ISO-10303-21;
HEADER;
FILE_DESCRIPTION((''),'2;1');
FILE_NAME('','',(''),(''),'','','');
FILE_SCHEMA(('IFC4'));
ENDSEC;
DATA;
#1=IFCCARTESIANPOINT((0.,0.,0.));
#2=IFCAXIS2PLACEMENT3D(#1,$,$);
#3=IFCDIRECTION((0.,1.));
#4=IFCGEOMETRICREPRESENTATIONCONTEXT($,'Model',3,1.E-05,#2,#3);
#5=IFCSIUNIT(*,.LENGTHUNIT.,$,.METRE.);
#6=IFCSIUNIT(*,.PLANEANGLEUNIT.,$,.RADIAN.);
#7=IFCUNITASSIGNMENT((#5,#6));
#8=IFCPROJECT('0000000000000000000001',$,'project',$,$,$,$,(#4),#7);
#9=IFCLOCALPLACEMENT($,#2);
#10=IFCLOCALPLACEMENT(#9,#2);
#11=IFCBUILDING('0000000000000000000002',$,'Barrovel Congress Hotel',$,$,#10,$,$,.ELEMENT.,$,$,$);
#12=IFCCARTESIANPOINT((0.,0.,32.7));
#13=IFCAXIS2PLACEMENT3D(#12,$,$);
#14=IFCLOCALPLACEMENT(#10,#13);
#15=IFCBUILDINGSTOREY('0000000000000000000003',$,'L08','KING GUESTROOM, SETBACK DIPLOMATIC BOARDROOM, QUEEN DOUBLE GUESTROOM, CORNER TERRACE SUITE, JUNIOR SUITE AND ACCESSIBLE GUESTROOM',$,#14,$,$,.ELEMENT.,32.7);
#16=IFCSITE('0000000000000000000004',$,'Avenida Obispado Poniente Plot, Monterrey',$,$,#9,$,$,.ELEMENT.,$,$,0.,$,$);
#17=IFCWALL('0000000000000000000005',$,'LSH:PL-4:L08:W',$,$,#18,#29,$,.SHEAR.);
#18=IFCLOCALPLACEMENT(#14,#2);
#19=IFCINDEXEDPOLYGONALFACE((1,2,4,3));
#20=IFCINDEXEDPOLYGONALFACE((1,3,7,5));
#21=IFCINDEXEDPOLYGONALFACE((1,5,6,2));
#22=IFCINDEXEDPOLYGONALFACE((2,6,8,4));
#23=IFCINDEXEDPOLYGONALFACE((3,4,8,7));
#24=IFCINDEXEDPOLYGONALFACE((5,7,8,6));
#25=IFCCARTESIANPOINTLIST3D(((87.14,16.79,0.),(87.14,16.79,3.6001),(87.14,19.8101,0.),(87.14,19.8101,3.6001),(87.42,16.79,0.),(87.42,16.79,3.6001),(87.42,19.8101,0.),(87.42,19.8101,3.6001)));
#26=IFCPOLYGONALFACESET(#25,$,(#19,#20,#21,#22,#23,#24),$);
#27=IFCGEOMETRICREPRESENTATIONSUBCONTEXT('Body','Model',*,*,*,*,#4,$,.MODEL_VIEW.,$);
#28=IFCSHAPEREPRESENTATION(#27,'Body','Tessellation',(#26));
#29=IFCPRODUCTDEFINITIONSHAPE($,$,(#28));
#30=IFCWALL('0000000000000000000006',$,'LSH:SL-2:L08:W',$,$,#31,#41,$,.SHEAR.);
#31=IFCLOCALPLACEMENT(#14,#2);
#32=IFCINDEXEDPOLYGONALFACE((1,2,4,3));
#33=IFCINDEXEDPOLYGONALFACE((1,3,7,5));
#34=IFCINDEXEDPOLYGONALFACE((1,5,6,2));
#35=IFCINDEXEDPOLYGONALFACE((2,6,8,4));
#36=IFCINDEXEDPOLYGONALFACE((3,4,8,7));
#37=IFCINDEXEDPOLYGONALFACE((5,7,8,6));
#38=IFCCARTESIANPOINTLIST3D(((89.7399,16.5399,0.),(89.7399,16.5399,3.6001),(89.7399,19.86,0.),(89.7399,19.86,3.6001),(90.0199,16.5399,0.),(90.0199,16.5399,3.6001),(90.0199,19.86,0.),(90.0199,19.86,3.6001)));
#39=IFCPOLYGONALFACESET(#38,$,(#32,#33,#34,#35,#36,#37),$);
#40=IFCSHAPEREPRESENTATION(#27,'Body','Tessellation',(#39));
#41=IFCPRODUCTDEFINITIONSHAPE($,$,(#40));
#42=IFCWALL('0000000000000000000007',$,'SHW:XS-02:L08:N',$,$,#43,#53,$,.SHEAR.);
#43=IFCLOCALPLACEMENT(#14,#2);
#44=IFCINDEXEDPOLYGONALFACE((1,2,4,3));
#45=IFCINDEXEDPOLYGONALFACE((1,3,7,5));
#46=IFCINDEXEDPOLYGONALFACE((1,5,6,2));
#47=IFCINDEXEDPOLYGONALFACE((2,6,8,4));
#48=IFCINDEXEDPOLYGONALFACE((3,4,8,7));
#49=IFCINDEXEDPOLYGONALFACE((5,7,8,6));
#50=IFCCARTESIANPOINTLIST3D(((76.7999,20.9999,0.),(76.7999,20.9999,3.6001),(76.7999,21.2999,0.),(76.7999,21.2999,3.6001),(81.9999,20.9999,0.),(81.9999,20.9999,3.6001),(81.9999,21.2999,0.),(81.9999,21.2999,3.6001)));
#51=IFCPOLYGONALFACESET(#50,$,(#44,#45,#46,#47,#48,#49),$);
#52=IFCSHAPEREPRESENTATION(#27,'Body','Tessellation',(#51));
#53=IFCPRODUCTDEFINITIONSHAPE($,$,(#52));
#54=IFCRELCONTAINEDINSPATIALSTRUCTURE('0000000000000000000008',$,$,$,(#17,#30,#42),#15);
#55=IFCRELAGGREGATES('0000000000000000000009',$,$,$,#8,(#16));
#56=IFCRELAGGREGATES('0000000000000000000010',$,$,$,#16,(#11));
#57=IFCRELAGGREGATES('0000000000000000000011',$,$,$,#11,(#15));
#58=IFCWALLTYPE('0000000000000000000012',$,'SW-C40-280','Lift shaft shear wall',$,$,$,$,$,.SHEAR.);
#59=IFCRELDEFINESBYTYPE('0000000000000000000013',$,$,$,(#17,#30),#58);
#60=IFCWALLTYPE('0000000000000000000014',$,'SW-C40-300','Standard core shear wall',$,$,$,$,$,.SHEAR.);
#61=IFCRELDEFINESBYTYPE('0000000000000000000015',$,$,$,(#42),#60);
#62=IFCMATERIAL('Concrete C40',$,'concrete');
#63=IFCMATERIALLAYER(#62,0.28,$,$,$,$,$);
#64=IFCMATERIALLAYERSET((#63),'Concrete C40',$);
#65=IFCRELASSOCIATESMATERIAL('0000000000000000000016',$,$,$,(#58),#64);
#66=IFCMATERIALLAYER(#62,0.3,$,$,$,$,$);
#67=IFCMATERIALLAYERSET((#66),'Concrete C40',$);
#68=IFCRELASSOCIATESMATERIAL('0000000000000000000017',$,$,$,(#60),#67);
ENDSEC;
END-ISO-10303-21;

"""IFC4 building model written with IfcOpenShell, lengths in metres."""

from ifc_helpers import new_model, si_unit, direction, frame, frame_2d, origin, place, context, subcontext, project, spatial, rectangle, extrude, material, layer, layer_set, type_object, element, save


model = new_model("IFC4")

# Units and contexts
model_context = context("Model", 3, precision=1e-05, world=origin(), true_north=direction((0.0, 1.0)))
body_context = subcontext(model_context, "Body", "Model", "MODEL_VIEW")
ifc_project = project(units=[si_unit("LENGTHUNIT", "METRE"), si_unit("PLANEANGLEUNIT", "RADIAN")], contexts=[model_context])

# Site, building, storey
site_placement = place(None, origin())
site = spatial("IfcSite", under=ifc_project, at=site_placement, Name="Avenida Obispado Poniente Plot, Monterrey", CompositionType="ELEMENT", RefElevation=0.0)
building_placement = place(site_placement, origin())
building = spatial("IfcBuilding", under=site, at=building_placement, Name="Barrovel Congress Hotel", CompositionType="ELEMENT")
storey_placement = place(building_placement, frame((0.0, 0.0, 32.7)))
storey = spatial("IfcBuildingStorey", under=building, at=storey_placement, Name="L08", Description="KING GUESTROOM, SETBACK DIPLOMATIC BOARDROOM, QUEEN DOUBLE GUESTROOM, CORNER TERRACE SUITE, JUNIOR SUITE AND ACCESSIBLE GUESTROOM", CompositionType="ELEMENT", Elevation=32.7)

# Shared definitions
ifc_material_1 = material(Name="Concrete C40", Category="concrete")

# Walls
ifc_layer_1 = layer(ifc_material_1, 0.28)
ifc_layer_set_1 = layer_set([ifc_layer_1], Name="Concrete C40")
wall_type_1 = type_object("IfcWallType", Name="SW-C40-280", Description="Lift shaft shear wall", PredefinedType="SHEAR", material=ifc_layer_set_1)
wall_1_placement = place(storey_placement, frame((87.28, 19.8101, 0.0), z_axis=(0.0, 0.0, 1.0), x_axis=(0.0, -1.0, 0.0)))
element("IfcWall", 1, at=wall_1_placement, inside=storey, type_object=wall_type_1, Name="LSH:PL-4:L08:W", PredefinedType="SHEAR", context=body_context, shape_type="SweptSolid", body=[
    extrude(rectangle(XDim=3.02, YDim=0.28, at=frame_2d((1.51, 0.0))), origin(), (0.0, 0.0, 1.0), 3.6001),
])
wall_2_placement = place(storey_placement, frame((89.8799, 19.8601, 0.0), z_axis=(0.0, 0.0, 1.0), x_axis=(0.0, -1.0, 0.0)))
element("IfcWall", 2, at=wall_2_placement, inside=storey, type_object=wall_type_1, Name="LSH:SL-2:L08:W", PredefinedType="SHEAR", context=body_context, shape_type="SweptSolid", body=[
    extrude(rectangle(XDim=3.3201, YDim=0.28, at=frame_2d((1.6602, 0.0))), origin(), (0.0, 0.0, 1.0), 3.6001),
])
ifc_layer_2 = layer(ifc_material_1, 0.3)
ifc_layer_set_2 = layer_set([ifc_layer_2], Name="Concrete C40")
wall_type_2 = type_object("IfcWallType", Name="SW-C40-300", Description="Standard core shear wall", PredefinedType="SHEAR", material=ifc_layer_set_2)
wall_3_placement = place(storey_placement, frame((82.0, 21.1499, 0.0), z_axis=(0.0, 0.0, 1.0), x_axis=(-1.0, 0.0, 0.0)))
element("IfcWall", 3, at=wall_3_placement, inside=storey, type_object=wall_type_2, Name="SHW:XS-02:L08:N", PredefinedType="SHEAR", context=body_context, shape_type="SweptSolid", body=[
    extrude(rectangle(XDim=5.2, YDim=0.3, at=frame_2d((2.6001, 0.0))), origin(), (0.0, 0.0, 1.0), 3.6001),
])

save(model, "model.ifc")
